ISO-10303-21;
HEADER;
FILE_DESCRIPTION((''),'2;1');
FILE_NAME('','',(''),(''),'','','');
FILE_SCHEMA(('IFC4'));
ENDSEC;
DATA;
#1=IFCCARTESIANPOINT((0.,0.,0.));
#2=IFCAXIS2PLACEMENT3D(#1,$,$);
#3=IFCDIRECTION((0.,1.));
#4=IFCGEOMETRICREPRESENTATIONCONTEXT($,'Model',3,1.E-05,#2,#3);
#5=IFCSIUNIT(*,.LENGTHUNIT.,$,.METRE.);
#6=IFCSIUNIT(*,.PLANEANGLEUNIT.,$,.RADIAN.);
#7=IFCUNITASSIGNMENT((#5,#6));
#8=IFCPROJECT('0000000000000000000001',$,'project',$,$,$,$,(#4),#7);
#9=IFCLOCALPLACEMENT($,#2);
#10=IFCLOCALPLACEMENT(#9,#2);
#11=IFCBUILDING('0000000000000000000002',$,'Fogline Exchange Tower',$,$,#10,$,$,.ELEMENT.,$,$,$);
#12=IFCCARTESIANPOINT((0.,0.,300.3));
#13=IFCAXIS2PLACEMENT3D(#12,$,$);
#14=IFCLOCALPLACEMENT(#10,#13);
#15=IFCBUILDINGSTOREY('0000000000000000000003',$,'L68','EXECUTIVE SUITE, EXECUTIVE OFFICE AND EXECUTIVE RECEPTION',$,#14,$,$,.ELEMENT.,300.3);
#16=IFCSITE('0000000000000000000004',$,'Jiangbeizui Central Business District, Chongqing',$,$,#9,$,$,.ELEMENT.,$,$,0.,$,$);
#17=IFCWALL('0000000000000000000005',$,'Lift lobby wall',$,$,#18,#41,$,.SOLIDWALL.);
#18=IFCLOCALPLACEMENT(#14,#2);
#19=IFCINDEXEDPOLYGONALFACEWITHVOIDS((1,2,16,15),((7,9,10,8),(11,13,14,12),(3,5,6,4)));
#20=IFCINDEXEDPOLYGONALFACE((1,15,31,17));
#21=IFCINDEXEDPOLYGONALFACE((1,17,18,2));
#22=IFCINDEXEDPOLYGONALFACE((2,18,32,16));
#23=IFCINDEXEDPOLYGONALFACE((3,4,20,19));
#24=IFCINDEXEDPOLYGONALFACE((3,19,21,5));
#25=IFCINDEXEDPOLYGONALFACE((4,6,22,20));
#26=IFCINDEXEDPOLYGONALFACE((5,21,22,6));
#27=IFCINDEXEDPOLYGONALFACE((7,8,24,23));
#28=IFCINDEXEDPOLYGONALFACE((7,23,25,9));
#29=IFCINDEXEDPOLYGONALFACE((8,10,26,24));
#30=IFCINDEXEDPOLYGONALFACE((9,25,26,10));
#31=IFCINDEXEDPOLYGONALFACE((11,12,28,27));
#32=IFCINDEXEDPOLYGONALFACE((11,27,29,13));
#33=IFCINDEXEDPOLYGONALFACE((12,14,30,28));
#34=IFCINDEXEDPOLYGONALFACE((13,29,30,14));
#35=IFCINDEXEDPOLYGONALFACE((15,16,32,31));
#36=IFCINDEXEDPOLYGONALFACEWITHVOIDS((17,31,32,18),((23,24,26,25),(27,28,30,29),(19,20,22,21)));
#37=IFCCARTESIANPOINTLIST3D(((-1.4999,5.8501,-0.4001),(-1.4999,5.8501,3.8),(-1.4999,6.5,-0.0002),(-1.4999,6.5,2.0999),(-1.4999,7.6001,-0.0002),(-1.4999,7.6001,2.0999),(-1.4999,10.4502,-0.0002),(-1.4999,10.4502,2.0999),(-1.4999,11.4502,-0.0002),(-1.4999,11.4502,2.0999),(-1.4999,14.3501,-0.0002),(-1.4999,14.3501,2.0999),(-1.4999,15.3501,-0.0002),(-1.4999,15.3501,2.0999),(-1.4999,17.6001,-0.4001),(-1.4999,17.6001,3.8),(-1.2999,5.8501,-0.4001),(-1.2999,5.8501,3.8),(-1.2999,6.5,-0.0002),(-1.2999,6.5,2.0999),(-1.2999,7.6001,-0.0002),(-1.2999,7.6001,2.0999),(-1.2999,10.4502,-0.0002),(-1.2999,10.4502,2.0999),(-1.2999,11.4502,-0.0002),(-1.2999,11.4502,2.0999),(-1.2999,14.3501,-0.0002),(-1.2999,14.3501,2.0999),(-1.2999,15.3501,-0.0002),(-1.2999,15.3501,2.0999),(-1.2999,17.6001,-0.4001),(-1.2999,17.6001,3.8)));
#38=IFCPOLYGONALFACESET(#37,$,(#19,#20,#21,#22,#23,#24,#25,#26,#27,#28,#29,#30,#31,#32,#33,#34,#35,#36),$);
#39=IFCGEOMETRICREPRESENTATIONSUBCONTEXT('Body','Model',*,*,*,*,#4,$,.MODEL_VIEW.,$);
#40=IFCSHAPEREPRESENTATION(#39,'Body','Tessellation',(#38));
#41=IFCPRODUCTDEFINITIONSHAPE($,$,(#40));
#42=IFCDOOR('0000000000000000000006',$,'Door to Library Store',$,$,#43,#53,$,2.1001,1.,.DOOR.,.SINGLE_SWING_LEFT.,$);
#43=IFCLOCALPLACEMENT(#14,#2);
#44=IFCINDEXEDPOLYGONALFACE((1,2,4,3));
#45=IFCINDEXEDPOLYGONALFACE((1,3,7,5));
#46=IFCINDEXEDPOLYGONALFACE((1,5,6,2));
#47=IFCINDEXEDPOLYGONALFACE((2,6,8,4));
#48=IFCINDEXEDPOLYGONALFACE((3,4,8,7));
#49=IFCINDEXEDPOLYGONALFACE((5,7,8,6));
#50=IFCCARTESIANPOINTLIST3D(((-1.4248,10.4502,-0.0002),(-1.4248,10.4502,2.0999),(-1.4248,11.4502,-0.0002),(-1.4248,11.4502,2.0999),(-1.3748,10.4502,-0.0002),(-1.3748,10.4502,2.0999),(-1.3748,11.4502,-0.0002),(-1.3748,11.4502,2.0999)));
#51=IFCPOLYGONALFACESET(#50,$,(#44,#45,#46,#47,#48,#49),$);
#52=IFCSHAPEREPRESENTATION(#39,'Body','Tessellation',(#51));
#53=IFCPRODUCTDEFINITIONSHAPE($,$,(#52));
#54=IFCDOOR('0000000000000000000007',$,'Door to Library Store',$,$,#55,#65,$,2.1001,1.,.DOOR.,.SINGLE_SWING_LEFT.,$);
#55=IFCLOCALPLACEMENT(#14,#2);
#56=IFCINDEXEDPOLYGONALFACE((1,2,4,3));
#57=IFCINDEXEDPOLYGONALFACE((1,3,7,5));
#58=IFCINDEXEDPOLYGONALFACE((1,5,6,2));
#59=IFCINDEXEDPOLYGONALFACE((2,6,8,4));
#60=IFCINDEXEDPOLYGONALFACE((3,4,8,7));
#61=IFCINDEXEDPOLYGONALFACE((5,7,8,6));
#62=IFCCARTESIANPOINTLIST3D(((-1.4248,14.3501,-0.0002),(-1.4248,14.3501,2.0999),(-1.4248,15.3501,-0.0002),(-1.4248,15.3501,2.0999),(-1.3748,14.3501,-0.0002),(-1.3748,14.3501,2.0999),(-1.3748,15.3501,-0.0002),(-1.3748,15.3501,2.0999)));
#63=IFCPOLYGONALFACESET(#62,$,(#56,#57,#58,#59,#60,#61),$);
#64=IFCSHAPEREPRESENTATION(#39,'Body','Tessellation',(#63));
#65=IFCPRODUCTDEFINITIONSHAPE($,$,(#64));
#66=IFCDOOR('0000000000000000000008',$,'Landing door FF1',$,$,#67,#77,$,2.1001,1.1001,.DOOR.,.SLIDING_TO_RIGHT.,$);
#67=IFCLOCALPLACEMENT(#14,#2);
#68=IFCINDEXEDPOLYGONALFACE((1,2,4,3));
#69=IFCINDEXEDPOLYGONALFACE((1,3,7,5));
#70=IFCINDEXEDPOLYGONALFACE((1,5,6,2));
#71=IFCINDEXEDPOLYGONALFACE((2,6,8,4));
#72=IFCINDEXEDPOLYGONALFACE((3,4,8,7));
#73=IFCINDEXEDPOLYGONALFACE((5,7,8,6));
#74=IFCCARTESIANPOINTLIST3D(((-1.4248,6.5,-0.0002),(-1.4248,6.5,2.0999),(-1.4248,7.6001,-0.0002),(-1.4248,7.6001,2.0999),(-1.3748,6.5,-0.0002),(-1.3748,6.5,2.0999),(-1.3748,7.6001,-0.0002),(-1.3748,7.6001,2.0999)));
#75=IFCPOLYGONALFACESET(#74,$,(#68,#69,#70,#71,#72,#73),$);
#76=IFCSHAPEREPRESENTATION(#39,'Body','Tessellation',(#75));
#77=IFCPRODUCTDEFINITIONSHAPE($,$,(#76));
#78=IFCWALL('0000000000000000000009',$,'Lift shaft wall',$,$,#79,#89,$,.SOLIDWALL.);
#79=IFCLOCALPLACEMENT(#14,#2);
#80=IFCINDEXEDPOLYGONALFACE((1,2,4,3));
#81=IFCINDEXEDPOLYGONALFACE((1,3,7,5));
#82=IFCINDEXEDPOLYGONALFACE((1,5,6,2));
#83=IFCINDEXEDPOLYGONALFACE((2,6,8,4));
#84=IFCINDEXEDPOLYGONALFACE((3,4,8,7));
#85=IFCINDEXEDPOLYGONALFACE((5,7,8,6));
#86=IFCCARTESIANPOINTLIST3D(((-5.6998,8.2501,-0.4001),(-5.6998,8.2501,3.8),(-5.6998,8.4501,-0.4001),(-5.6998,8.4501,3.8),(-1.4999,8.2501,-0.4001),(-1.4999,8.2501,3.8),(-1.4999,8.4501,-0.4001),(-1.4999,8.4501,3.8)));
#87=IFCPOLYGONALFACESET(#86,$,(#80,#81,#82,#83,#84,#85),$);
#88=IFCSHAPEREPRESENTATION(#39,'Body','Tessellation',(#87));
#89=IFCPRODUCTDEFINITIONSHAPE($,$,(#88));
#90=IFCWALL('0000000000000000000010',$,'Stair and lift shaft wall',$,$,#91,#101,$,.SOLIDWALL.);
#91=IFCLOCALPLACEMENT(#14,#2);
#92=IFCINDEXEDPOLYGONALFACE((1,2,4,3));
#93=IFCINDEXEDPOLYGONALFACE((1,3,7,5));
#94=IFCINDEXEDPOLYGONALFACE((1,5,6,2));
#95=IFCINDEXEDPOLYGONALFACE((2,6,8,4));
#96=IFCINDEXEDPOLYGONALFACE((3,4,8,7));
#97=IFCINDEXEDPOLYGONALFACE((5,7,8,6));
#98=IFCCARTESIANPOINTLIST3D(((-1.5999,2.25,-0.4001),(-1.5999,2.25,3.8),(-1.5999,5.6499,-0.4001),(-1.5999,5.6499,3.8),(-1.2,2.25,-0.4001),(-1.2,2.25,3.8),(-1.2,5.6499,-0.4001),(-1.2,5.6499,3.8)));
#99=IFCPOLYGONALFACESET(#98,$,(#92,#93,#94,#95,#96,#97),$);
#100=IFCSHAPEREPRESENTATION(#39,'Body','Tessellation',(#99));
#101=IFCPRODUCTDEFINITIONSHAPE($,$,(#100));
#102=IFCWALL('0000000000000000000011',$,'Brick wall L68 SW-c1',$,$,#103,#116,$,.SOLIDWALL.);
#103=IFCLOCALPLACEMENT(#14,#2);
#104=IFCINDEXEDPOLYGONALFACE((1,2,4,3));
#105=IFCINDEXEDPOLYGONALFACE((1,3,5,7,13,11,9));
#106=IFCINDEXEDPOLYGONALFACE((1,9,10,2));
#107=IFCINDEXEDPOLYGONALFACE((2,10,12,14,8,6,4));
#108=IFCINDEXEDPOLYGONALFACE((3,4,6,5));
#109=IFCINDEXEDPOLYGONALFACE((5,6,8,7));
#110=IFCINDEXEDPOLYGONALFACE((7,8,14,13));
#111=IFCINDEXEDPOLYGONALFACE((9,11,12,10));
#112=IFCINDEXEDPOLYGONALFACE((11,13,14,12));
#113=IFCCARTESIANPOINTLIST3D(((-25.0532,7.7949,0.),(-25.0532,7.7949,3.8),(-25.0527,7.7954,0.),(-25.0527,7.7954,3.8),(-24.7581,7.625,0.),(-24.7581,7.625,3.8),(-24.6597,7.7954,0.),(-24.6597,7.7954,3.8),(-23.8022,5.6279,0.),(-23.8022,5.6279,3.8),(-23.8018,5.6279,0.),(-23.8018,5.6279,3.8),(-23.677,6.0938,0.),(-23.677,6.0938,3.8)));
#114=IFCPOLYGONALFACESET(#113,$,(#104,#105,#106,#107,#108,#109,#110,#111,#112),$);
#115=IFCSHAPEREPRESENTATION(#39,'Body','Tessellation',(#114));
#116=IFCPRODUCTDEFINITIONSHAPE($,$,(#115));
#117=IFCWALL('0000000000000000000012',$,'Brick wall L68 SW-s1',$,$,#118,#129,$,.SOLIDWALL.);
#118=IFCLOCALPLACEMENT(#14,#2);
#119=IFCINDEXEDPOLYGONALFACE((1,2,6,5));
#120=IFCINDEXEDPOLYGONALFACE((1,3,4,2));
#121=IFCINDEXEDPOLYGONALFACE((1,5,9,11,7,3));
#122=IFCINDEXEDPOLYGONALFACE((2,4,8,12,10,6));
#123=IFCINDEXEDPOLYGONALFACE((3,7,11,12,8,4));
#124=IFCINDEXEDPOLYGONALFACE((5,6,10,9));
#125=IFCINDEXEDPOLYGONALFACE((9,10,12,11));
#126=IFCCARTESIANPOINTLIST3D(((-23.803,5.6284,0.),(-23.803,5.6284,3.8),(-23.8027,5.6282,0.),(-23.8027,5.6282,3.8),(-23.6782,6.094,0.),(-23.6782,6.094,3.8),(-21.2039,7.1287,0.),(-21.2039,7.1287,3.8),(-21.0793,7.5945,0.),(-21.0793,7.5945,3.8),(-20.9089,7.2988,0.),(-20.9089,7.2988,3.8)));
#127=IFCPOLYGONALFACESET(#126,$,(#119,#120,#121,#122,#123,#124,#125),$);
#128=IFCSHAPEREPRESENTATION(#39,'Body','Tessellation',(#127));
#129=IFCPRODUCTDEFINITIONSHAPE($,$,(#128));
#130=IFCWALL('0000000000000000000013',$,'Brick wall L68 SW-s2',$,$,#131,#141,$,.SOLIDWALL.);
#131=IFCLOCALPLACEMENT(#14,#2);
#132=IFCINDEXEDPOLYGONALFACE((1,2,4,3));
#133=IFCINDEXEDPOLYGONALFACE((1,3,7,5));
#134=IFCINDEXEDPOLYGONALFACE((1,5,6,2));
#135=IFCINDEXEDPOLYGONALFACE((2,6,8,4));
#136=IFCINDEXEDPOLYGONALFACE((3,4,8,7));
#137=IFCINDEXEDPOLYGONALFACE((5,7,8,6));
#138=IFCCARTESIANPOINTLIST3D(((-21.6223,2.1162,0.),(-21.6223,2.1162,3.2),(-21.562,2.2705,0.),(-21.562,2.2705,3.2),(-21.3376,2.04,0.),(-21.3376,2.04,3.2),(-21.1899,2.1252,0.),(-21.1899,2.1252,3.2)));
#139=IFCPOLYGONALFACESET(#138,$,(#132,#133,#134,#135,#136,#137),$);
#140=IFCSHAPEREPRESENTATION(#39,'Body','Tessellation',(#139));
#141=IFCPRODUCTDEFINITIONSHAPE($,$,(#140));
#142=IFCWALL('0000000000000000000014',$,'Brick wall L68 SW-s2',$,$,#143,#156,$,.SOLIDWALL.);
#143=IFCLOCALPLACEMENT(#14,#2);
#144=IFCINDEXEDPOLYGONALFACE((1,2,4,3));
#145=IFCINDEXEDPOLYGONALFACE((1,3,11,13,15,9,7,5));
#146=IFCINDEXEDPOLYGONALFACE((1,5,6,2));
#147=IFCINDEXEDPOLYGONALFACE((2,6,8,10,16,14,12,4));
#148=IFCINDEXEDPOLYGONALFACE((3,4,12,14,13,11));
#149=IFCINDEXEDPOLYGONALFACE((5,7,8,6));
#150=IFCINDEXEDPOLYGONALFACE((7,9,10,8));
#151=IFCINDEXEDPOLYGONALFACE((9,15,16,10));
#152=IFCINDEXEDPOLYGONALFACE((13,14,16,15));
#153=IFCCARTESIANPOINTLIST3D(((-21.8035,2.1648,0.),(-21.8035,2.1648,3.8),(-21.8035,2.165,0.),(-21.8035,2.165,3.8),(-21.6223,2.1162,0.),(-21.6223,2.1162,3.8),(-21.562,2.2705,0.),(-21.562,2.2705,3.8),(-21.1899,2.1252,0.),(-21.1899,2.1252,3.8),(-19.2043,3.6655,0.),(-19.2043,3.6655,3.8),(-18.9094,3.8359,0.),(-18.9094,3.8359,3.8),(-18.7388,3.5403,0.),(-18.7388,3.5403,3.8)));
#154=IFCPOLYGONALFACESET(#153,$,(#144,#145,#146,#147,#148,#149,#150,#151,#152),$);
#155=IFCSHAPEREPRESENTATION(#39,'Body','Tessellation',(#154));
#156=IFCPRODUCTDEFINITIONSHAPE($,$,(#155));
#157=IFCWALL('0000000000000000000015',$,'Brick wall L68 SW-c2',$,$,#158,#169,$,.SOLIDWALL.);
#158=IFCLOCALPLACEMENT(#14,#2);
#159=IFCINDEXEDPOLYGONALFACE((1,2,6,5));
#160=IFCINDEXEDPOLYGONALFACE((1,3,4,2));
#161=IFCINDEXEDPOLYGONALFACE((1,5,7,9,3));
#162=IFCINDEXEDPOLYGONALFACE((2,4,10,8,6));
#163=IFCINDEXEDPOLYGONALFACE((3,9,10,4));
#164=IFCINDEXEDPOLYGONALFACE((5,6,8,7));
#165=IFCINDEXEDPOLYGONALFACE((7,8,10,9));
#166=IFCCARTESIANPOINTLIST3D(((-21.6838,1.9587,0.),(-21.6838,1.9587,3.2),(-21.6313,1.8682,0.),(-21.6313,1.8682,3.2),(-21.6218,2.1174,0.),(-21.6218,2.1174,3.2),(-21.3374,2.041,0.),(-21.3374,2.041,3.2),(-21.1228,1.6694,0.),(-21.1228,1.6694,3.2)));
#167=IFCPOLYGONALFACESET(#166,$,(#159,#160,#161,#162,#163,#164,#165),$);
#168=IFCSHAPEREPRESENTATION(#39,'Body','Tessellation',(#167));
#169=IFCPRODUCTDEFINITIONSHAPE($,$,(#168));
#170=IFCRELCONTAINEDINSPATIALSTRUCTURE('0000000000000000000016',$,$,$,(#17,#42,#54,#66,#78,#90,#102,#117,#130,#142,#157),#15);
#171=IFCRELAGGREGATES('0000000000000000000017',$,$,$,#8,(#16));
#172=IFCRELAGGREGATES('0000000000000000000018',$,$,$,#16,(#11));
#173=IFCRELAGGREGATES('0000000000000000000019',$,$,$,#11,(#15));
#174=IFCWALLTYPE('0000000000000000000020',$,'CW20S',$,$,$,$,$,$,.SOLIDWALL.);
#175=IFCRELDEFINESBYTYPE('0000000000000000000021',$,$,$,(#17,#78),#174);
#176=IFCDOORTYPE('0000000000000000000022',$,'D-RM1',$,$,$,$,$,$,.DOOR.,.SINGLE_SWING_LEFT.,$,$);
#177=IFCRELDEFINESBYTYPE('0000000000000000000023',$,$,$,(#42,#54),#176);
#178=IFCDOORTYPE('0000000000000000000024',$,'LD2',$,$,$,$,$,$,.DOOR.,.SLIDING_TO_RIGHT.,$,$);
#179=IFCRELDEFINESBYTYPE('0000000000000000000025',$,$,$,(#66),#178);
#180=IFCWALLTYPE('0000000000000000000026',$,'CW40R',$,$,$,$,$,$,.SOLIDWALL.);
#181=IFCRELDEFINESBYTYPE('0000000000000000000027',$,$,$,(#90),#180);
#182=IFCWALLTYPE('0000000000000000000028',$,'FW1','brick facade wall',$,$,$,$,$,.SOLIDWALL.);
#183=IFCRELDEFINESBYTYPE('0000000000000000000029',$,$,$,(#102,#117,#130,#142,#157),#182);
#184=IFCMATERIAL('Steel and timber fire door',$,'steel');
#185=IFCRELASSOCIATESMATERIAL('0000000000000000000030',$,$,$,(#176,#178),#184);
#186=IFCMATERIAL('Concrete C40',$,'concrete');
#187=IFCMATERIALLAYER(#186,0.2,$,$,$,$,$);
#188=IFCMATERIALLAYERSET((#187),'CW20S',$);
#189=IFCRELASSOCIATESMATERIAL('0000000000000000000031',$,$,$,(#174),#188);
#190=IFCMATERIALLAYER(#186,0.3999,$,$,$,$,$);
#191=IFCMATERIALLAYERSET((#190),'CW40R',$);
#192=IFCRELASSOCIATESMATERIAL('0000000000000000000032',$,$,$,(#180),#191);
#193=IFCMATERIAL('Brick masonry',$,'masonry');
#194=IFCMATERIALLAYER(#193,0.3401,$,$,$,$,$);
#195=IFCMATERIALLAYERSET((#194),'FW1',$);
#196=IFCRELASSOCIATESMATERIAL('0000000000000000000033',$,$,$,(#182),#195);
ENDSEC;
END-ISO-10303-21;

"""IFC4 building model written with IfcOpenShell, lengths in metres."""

from ifc_helpers import new_model, si_unit, direction, frame, frame_2d, origin, place, context, subcontext, project, spatial, polyline, rectangle, outline, extrude, material, layer, layer_set, type_object, element, fill, save


model = new_model("IFC4")

# Units and contexts
model_context = context("Model", 3, precision=1e-05, world=origin(), true_north=direction((0.0, 1.0)))
body_context = subcontext(model_context, "Body", "Model", "MODEL_VIEW")
ifc_project = project(units=[si_unit("LENGTHUNIT", "METRE"), si_unit("PLANEANGLEUNIT", "RADIAN")], contexts=[model_context])

# Site, building, storey
site_placement = place(None, origin())
site = spatial("IfcSite", under=ifc_project, at=site_placement, Name="Jiangbeizui Central Business District, Chongqing", CompositionType="ELEMENT", RefElevation=0.0)
building_placement = place(site_placement, origin())
building = spatial("IfcBuilding", under=site, at=building_placement, Name="Fogline Exchange Tower", CompositionType="ELEMENT")
storey_placement = place(building_placement, frame((0.0, 0.0, 300.3)))
storey = spatial("IfcBuildingStorey", under=building, at=storey_placement, Name="L68", Description="EXECUTIVE SUITE, EXECUTIVE OFFICE AND EXECUTIVE RECEPTION", CompositionType="ELEMENT", Elevation=300.3)

# Shared definitions
ifc_material_1 = material(Name="Concrete C40", Category="concrete")

# Shared definitions
ifc_material_2 = material(Name="Steel and timber fire door", Category="steel")
door_type_1 = type_object("IfcDoorType", Name="D-RM1", OperationType="SINGLE_SWING_LEFT", PredefinedType="DOOR", material=ifc_material_2)

# Shared definitions
ifc_layer_1 = layer(ifc_material_1, 0.2)
ifc_layer_set_1 = layer_set([ifc_layer_1], Name="CW20S")
wall_type_1 = type_object("IfcWallType", Name="CW20S", PredefinedType="SOLIDWALL", material=ifc_layer_set_1)

# Wall, openings, doors
wall_1_placement = place(storey_placement, frame((-1.3999, 5.8501, -0.4001), z_axis=(0.0, 0.0, 1.0), x_axis=(0.0, 1.0, 0.0)))
wall_1 = element("IfcWall", 1, at=wall_1_placement, inside=storey, type_object=wall_type_1, Name="Lift lobby wall", PredefinedType="SOLIDWALL", context=body_context, shape_type="SweptSolid", body=[
    extrude(rectangle(XDim=11.75, YDim=0.2, at=frame_2d((5.875, 0.0))), origin(), (0.0, 0.0, 1.0), 4.2002),
])
opening_1_placement = place(wall_1_placement, frame((0.6499, 0.0, 0.3999)))
opening_1 = element("IfcOpeningElement", 2, at=opening_1_placement, cuts=wall_1, PredefinedType="OPENING", context=body_context, shape_type="SweptSolid", body=[
    extrude(rectangle(XDim=1.1001, YDim=2.1001, at=frame_2d((0.55, 1.05))), frame((0.0, 0.1099, 0.0), z_axis=(0.0, -1.0, 0.0), x_axis=(1.0, 0.0, 0.0)), (0.0, 0.0, 1.0), 0.22),
])
opening_2_placement = place(wall_1_placement, frame((4.6001, 0.0, 0.3999)))
opening_2 = element("IfcOpeningElement", 3, at=opening_2_placement, cuts=wall_1, PredefinedType="OPENING", context=body_context, shape_type="SweptSolid", body=[
    extrude(rectangle(XDim=1.0, YDim=2.1001, at=frame_2d((0.5, 1.05))), frame((0.0, 0.1099, 0.0), z_axis=(0.0, -1.0, 0.0), x_axis=(1.0, 0.0, 0.0)), (0.0, 0.0, 1.0), 0.22),
])
opening_3_placement = place(wall_1_placement, frame((8.5, 0.0, 0.3999)))
opening_3 = element("IfcOpeningElement", 4, at=opening_3_placement, cuts=wall_1, PredefinedType="OPENING", context=body_context, shape_type="SweptSolid", body=[
    extrude(rectangle(XDim=1.0, YDim=2.1001, at=frame_2d((0.5, 1.05))), frame((0.0, 0.1099, 0.0), z_axis=(0.0, -1.0, 0.0), x_axis=(1.0, 0.0, 0.0)), (0.0, 0.0, 1.0), 0.22),
])
door_1_placement = place(opening_2_placement, origin())
door_1 = element("IfcDoor", 5, at=door_1_placement, inside=storey, type_object=door_type_1, Name="Door to Library Store", OperationType="SINGLE_SWING_LEFT", OverallHeight=2.1001, OverallWidth=1.0, PredefinedType="DOOR", context=body_context, shape_type="SweptSolid", body=[
    extrude(rectangle(XDim=1.0, YDim=2.1001, at=frame_2d((0.5, 1.05))), frame((0.0, 0.0249, 0.0), z_axis=(0.0, -1.0, 0.0), x_axis=(1.0, 0.0, 0.0)), (0.0, 0.0, 1.0), 0.05),
])
fill(opening_2, door_1)
door_2_placement = place(opening_3_placement, origin())
door_2 = element("IfcDoor", 6, at=door_2_placement, inside=storey, type_object=door_type_1, Name="Door to Library Store", OperationType="SINGLE_SWING_LEFT", OverallHeight=2.1001, OverallWidth=1.0, PredefinedType="DOOR", context=body_context, shape_type="SweptSolid", body=[
    extrude(rectangle(XDim=1.0, YDim=2.1001, at=frame_2d((0.5, 1.05))), frame((0.0, 0.0249, 0.0), z_axis=(0.0, -1.0, 0.0), x_axis=(1.0, 0.0, 0.0)), (0.0, 0.0, 1.0), 0.05),
])
fill(opening_3, door_2)
door_type_2 = type_object("IfcDoorType", Name="LD2", OperationType="SLIDING_TO_RIGHT", PredefinedType="DOOR", material=ifc_material_2)
door_3_placement = place(opening_1_placement, origin())
door_3 = element("IfcDoor", 7, at=door_3_placement, inside=storey, type_object=door_type_2, Name="Landing door FF1", OperationType="SLIDING_TO_RIGHT", OverallHeight=2.1001, OverallWidth=1.1001, PredefinedType="DOOR", context=body_context, shape_type="SweptSolid", body=[
    extrude(rectangle(XDim=1.1001, YDim=2.1001, at=frame_2d((0.55, 1.05))), frame((0.0, 0.0249, 0.0), z_axis=(0.0, -1.0, 0.0), x_axis=(1.0, 0.0, 0.0)), (0.0, 0.0, 1.0), 0.05),
])
fill(opening_1, door_3)

# Walls
wall_2_placement = place(storey_placement, frame((-5.7, 8.3501, -0.4001), z_axis=(0.0, 0.0, 1.0), x_axis=(1.0, 0.0, 0.0)))
element("IfcWall", 8, at=wall_2_placement, inside=storey, type_object=wall_type_1, Name="Lift shaft wall", PredefinedType="SOLIDWALL", context=body_context, shape_type="SweptSolid", body=[
    extrude(rectangle(XDim=4.2, YDim=0.2, at=frame_2d((2.1001, 0.0))), origin(), (0.0, 0.0, 1.0), 4.2002),
])
ifc_layer_2 = layer(ifc_material_1, 0.3999)
ifc_layer_set_2 = layer_set([ifc_layer_2], Name="CW40R")
wall_type_2 = type_object("IfcWallType", Name="CW40R", PredefinedType="SOLIDWALL", material=ifc_layer_set_2)
wall_3_placement = place(storey_placement, frame((-1.3999, 2.25, -0.4001), z_axis=(0.0, 0.0, 1.0), x_axis=(0.0, 1.0, 0.0)))
element("IfcWall", 9, at=wall_3_placement, inside=storey, type_object=wall_type_2, Name="Stair and lift shaft wall", PredefinedType="SOLIDWALL", context=body_context, shape_type="SweptSolid", body=[
    extrude(rectangle(XDim=3.3999, YDim=0.3999, at=frame_2d((1.7, 0.0))), origin(), (0.0, 0.0, 1.0), 4.2002),
])
ifc_material_3 = material(Name="Brick masonry", Category="masonry")
ifc_layer_3 = layer(ifc_material_3, 0.3401)
ifc_layer_set_3 = layer_set([ifc_layer_3], Name="FW1")
wall_type_3 = type_object("IfcWallType", Name="FW1", Description="brick facade wall", PredefinedType="SOLIDWALL", material=ifc_layer_set_3)
wall_4_placement = place(storey_placement, origin())
element("IfcWall", 10, at=wall_4_placement, inside=storey, type_object=wall_type_3, Name="Brick wall L68 SW-c1", PredefinedType="SOLIDWALL", context=body_context, shape_type="SweptSolid", body=[
    extrude(outline(polyline([(-23.8022, 5.6279), (-25.0532, 7.7949), (-25.0527, 7.7954), (-24.7581, 7.625), (-24.6597, 7.7954), (-23.677, 6.0938), (-23.8018, 5.6279), (-23.8022, 5.6279)])), origin(), (0.0, 0.0, 1.0), 3.8),
])
wall_5_placement = place(storey_placement, origin())
element("IfcWall", 11, at=wall_5_placement, inside=storey, type_object=wall_type_3, Name="Brick wall L68 SW-s1", PredefinedType="SOLIDWALL", context=body_context, shape_type="SweptSolid", body=[
    extrude(outline(polyline([(-21.0793, 7.5945), (-20.9089, 7.2988), (-21.2039, 7.1287), (-23.8027, 5.6282), (-23.803, 5.6284), (-23.6782, 6.094), (-21.0793, 7.5945)])), origin(), (0.0, 0.0, 1.0), 3.8),
])
wall_6_placement = place(storey_placement, origin())
element("IfcWall", 12, at=wall_6_placement, inside=storey, type_object=wall_type_3, Name="Brick wall L68 SW-s2", PredefinedType="SOLIDWALL", context=body_context, shape_type="SweptSolid", body=[
    extrude(outline(polyline([(-21.3376, 2.04), (-21.6223, 2.1162), (-21.562, 2.2705), (-21.1899, 2.1252), (-21.3376, 2.04)])), origin(), (0.0, 0.0, 1.0), 3.2),
])
wall_7_placement = place(storey_placement, origin())
element("IfcWall", 13, at=wall_7_placement, inside=storey, type_object=wall_type_3, Name="Brick wall L68 SW-s2", PredefinedType="SOLIDWALL", context=body_context, shape_type="SweptSolid", body=[
    extrude(outline(polyline([(-19.2043, 3.6655), (-18.9094, 3.8359), (-18.7388, 3.5403), (-21.1899, 2.1252), (-21.562, 2.2705), (-21.6223, 2.1162), (-21.8035, 2.1648), (-21.8035, 2.165), (-19.2043, 3.6655)])), origin(), (0.0, 0.0, 1.0), 3.8),
])
wall_8_placement = place(storey_placement, origin())
element("IfcWall", 14, at=wall_8_placement, inside=storey, type_object=wall_type_3, Name="Brick wall L68 SW-c2", PredefinedType="SOLIDWALL", context=body_context, shape_type="SweptSolid", body=[
    extrude(outline(polyline([(-21.6838, 1.9587), (-21.6218, 2.1174), (-21.3374, 2.041), (-21.1228, 1.6694), (-21.6313, 1.8682), (-21.6838, 1.9587)])), origin(), (0.0, 0.0, 1.0), 3.2),
])

save(model, "model.ifc")
